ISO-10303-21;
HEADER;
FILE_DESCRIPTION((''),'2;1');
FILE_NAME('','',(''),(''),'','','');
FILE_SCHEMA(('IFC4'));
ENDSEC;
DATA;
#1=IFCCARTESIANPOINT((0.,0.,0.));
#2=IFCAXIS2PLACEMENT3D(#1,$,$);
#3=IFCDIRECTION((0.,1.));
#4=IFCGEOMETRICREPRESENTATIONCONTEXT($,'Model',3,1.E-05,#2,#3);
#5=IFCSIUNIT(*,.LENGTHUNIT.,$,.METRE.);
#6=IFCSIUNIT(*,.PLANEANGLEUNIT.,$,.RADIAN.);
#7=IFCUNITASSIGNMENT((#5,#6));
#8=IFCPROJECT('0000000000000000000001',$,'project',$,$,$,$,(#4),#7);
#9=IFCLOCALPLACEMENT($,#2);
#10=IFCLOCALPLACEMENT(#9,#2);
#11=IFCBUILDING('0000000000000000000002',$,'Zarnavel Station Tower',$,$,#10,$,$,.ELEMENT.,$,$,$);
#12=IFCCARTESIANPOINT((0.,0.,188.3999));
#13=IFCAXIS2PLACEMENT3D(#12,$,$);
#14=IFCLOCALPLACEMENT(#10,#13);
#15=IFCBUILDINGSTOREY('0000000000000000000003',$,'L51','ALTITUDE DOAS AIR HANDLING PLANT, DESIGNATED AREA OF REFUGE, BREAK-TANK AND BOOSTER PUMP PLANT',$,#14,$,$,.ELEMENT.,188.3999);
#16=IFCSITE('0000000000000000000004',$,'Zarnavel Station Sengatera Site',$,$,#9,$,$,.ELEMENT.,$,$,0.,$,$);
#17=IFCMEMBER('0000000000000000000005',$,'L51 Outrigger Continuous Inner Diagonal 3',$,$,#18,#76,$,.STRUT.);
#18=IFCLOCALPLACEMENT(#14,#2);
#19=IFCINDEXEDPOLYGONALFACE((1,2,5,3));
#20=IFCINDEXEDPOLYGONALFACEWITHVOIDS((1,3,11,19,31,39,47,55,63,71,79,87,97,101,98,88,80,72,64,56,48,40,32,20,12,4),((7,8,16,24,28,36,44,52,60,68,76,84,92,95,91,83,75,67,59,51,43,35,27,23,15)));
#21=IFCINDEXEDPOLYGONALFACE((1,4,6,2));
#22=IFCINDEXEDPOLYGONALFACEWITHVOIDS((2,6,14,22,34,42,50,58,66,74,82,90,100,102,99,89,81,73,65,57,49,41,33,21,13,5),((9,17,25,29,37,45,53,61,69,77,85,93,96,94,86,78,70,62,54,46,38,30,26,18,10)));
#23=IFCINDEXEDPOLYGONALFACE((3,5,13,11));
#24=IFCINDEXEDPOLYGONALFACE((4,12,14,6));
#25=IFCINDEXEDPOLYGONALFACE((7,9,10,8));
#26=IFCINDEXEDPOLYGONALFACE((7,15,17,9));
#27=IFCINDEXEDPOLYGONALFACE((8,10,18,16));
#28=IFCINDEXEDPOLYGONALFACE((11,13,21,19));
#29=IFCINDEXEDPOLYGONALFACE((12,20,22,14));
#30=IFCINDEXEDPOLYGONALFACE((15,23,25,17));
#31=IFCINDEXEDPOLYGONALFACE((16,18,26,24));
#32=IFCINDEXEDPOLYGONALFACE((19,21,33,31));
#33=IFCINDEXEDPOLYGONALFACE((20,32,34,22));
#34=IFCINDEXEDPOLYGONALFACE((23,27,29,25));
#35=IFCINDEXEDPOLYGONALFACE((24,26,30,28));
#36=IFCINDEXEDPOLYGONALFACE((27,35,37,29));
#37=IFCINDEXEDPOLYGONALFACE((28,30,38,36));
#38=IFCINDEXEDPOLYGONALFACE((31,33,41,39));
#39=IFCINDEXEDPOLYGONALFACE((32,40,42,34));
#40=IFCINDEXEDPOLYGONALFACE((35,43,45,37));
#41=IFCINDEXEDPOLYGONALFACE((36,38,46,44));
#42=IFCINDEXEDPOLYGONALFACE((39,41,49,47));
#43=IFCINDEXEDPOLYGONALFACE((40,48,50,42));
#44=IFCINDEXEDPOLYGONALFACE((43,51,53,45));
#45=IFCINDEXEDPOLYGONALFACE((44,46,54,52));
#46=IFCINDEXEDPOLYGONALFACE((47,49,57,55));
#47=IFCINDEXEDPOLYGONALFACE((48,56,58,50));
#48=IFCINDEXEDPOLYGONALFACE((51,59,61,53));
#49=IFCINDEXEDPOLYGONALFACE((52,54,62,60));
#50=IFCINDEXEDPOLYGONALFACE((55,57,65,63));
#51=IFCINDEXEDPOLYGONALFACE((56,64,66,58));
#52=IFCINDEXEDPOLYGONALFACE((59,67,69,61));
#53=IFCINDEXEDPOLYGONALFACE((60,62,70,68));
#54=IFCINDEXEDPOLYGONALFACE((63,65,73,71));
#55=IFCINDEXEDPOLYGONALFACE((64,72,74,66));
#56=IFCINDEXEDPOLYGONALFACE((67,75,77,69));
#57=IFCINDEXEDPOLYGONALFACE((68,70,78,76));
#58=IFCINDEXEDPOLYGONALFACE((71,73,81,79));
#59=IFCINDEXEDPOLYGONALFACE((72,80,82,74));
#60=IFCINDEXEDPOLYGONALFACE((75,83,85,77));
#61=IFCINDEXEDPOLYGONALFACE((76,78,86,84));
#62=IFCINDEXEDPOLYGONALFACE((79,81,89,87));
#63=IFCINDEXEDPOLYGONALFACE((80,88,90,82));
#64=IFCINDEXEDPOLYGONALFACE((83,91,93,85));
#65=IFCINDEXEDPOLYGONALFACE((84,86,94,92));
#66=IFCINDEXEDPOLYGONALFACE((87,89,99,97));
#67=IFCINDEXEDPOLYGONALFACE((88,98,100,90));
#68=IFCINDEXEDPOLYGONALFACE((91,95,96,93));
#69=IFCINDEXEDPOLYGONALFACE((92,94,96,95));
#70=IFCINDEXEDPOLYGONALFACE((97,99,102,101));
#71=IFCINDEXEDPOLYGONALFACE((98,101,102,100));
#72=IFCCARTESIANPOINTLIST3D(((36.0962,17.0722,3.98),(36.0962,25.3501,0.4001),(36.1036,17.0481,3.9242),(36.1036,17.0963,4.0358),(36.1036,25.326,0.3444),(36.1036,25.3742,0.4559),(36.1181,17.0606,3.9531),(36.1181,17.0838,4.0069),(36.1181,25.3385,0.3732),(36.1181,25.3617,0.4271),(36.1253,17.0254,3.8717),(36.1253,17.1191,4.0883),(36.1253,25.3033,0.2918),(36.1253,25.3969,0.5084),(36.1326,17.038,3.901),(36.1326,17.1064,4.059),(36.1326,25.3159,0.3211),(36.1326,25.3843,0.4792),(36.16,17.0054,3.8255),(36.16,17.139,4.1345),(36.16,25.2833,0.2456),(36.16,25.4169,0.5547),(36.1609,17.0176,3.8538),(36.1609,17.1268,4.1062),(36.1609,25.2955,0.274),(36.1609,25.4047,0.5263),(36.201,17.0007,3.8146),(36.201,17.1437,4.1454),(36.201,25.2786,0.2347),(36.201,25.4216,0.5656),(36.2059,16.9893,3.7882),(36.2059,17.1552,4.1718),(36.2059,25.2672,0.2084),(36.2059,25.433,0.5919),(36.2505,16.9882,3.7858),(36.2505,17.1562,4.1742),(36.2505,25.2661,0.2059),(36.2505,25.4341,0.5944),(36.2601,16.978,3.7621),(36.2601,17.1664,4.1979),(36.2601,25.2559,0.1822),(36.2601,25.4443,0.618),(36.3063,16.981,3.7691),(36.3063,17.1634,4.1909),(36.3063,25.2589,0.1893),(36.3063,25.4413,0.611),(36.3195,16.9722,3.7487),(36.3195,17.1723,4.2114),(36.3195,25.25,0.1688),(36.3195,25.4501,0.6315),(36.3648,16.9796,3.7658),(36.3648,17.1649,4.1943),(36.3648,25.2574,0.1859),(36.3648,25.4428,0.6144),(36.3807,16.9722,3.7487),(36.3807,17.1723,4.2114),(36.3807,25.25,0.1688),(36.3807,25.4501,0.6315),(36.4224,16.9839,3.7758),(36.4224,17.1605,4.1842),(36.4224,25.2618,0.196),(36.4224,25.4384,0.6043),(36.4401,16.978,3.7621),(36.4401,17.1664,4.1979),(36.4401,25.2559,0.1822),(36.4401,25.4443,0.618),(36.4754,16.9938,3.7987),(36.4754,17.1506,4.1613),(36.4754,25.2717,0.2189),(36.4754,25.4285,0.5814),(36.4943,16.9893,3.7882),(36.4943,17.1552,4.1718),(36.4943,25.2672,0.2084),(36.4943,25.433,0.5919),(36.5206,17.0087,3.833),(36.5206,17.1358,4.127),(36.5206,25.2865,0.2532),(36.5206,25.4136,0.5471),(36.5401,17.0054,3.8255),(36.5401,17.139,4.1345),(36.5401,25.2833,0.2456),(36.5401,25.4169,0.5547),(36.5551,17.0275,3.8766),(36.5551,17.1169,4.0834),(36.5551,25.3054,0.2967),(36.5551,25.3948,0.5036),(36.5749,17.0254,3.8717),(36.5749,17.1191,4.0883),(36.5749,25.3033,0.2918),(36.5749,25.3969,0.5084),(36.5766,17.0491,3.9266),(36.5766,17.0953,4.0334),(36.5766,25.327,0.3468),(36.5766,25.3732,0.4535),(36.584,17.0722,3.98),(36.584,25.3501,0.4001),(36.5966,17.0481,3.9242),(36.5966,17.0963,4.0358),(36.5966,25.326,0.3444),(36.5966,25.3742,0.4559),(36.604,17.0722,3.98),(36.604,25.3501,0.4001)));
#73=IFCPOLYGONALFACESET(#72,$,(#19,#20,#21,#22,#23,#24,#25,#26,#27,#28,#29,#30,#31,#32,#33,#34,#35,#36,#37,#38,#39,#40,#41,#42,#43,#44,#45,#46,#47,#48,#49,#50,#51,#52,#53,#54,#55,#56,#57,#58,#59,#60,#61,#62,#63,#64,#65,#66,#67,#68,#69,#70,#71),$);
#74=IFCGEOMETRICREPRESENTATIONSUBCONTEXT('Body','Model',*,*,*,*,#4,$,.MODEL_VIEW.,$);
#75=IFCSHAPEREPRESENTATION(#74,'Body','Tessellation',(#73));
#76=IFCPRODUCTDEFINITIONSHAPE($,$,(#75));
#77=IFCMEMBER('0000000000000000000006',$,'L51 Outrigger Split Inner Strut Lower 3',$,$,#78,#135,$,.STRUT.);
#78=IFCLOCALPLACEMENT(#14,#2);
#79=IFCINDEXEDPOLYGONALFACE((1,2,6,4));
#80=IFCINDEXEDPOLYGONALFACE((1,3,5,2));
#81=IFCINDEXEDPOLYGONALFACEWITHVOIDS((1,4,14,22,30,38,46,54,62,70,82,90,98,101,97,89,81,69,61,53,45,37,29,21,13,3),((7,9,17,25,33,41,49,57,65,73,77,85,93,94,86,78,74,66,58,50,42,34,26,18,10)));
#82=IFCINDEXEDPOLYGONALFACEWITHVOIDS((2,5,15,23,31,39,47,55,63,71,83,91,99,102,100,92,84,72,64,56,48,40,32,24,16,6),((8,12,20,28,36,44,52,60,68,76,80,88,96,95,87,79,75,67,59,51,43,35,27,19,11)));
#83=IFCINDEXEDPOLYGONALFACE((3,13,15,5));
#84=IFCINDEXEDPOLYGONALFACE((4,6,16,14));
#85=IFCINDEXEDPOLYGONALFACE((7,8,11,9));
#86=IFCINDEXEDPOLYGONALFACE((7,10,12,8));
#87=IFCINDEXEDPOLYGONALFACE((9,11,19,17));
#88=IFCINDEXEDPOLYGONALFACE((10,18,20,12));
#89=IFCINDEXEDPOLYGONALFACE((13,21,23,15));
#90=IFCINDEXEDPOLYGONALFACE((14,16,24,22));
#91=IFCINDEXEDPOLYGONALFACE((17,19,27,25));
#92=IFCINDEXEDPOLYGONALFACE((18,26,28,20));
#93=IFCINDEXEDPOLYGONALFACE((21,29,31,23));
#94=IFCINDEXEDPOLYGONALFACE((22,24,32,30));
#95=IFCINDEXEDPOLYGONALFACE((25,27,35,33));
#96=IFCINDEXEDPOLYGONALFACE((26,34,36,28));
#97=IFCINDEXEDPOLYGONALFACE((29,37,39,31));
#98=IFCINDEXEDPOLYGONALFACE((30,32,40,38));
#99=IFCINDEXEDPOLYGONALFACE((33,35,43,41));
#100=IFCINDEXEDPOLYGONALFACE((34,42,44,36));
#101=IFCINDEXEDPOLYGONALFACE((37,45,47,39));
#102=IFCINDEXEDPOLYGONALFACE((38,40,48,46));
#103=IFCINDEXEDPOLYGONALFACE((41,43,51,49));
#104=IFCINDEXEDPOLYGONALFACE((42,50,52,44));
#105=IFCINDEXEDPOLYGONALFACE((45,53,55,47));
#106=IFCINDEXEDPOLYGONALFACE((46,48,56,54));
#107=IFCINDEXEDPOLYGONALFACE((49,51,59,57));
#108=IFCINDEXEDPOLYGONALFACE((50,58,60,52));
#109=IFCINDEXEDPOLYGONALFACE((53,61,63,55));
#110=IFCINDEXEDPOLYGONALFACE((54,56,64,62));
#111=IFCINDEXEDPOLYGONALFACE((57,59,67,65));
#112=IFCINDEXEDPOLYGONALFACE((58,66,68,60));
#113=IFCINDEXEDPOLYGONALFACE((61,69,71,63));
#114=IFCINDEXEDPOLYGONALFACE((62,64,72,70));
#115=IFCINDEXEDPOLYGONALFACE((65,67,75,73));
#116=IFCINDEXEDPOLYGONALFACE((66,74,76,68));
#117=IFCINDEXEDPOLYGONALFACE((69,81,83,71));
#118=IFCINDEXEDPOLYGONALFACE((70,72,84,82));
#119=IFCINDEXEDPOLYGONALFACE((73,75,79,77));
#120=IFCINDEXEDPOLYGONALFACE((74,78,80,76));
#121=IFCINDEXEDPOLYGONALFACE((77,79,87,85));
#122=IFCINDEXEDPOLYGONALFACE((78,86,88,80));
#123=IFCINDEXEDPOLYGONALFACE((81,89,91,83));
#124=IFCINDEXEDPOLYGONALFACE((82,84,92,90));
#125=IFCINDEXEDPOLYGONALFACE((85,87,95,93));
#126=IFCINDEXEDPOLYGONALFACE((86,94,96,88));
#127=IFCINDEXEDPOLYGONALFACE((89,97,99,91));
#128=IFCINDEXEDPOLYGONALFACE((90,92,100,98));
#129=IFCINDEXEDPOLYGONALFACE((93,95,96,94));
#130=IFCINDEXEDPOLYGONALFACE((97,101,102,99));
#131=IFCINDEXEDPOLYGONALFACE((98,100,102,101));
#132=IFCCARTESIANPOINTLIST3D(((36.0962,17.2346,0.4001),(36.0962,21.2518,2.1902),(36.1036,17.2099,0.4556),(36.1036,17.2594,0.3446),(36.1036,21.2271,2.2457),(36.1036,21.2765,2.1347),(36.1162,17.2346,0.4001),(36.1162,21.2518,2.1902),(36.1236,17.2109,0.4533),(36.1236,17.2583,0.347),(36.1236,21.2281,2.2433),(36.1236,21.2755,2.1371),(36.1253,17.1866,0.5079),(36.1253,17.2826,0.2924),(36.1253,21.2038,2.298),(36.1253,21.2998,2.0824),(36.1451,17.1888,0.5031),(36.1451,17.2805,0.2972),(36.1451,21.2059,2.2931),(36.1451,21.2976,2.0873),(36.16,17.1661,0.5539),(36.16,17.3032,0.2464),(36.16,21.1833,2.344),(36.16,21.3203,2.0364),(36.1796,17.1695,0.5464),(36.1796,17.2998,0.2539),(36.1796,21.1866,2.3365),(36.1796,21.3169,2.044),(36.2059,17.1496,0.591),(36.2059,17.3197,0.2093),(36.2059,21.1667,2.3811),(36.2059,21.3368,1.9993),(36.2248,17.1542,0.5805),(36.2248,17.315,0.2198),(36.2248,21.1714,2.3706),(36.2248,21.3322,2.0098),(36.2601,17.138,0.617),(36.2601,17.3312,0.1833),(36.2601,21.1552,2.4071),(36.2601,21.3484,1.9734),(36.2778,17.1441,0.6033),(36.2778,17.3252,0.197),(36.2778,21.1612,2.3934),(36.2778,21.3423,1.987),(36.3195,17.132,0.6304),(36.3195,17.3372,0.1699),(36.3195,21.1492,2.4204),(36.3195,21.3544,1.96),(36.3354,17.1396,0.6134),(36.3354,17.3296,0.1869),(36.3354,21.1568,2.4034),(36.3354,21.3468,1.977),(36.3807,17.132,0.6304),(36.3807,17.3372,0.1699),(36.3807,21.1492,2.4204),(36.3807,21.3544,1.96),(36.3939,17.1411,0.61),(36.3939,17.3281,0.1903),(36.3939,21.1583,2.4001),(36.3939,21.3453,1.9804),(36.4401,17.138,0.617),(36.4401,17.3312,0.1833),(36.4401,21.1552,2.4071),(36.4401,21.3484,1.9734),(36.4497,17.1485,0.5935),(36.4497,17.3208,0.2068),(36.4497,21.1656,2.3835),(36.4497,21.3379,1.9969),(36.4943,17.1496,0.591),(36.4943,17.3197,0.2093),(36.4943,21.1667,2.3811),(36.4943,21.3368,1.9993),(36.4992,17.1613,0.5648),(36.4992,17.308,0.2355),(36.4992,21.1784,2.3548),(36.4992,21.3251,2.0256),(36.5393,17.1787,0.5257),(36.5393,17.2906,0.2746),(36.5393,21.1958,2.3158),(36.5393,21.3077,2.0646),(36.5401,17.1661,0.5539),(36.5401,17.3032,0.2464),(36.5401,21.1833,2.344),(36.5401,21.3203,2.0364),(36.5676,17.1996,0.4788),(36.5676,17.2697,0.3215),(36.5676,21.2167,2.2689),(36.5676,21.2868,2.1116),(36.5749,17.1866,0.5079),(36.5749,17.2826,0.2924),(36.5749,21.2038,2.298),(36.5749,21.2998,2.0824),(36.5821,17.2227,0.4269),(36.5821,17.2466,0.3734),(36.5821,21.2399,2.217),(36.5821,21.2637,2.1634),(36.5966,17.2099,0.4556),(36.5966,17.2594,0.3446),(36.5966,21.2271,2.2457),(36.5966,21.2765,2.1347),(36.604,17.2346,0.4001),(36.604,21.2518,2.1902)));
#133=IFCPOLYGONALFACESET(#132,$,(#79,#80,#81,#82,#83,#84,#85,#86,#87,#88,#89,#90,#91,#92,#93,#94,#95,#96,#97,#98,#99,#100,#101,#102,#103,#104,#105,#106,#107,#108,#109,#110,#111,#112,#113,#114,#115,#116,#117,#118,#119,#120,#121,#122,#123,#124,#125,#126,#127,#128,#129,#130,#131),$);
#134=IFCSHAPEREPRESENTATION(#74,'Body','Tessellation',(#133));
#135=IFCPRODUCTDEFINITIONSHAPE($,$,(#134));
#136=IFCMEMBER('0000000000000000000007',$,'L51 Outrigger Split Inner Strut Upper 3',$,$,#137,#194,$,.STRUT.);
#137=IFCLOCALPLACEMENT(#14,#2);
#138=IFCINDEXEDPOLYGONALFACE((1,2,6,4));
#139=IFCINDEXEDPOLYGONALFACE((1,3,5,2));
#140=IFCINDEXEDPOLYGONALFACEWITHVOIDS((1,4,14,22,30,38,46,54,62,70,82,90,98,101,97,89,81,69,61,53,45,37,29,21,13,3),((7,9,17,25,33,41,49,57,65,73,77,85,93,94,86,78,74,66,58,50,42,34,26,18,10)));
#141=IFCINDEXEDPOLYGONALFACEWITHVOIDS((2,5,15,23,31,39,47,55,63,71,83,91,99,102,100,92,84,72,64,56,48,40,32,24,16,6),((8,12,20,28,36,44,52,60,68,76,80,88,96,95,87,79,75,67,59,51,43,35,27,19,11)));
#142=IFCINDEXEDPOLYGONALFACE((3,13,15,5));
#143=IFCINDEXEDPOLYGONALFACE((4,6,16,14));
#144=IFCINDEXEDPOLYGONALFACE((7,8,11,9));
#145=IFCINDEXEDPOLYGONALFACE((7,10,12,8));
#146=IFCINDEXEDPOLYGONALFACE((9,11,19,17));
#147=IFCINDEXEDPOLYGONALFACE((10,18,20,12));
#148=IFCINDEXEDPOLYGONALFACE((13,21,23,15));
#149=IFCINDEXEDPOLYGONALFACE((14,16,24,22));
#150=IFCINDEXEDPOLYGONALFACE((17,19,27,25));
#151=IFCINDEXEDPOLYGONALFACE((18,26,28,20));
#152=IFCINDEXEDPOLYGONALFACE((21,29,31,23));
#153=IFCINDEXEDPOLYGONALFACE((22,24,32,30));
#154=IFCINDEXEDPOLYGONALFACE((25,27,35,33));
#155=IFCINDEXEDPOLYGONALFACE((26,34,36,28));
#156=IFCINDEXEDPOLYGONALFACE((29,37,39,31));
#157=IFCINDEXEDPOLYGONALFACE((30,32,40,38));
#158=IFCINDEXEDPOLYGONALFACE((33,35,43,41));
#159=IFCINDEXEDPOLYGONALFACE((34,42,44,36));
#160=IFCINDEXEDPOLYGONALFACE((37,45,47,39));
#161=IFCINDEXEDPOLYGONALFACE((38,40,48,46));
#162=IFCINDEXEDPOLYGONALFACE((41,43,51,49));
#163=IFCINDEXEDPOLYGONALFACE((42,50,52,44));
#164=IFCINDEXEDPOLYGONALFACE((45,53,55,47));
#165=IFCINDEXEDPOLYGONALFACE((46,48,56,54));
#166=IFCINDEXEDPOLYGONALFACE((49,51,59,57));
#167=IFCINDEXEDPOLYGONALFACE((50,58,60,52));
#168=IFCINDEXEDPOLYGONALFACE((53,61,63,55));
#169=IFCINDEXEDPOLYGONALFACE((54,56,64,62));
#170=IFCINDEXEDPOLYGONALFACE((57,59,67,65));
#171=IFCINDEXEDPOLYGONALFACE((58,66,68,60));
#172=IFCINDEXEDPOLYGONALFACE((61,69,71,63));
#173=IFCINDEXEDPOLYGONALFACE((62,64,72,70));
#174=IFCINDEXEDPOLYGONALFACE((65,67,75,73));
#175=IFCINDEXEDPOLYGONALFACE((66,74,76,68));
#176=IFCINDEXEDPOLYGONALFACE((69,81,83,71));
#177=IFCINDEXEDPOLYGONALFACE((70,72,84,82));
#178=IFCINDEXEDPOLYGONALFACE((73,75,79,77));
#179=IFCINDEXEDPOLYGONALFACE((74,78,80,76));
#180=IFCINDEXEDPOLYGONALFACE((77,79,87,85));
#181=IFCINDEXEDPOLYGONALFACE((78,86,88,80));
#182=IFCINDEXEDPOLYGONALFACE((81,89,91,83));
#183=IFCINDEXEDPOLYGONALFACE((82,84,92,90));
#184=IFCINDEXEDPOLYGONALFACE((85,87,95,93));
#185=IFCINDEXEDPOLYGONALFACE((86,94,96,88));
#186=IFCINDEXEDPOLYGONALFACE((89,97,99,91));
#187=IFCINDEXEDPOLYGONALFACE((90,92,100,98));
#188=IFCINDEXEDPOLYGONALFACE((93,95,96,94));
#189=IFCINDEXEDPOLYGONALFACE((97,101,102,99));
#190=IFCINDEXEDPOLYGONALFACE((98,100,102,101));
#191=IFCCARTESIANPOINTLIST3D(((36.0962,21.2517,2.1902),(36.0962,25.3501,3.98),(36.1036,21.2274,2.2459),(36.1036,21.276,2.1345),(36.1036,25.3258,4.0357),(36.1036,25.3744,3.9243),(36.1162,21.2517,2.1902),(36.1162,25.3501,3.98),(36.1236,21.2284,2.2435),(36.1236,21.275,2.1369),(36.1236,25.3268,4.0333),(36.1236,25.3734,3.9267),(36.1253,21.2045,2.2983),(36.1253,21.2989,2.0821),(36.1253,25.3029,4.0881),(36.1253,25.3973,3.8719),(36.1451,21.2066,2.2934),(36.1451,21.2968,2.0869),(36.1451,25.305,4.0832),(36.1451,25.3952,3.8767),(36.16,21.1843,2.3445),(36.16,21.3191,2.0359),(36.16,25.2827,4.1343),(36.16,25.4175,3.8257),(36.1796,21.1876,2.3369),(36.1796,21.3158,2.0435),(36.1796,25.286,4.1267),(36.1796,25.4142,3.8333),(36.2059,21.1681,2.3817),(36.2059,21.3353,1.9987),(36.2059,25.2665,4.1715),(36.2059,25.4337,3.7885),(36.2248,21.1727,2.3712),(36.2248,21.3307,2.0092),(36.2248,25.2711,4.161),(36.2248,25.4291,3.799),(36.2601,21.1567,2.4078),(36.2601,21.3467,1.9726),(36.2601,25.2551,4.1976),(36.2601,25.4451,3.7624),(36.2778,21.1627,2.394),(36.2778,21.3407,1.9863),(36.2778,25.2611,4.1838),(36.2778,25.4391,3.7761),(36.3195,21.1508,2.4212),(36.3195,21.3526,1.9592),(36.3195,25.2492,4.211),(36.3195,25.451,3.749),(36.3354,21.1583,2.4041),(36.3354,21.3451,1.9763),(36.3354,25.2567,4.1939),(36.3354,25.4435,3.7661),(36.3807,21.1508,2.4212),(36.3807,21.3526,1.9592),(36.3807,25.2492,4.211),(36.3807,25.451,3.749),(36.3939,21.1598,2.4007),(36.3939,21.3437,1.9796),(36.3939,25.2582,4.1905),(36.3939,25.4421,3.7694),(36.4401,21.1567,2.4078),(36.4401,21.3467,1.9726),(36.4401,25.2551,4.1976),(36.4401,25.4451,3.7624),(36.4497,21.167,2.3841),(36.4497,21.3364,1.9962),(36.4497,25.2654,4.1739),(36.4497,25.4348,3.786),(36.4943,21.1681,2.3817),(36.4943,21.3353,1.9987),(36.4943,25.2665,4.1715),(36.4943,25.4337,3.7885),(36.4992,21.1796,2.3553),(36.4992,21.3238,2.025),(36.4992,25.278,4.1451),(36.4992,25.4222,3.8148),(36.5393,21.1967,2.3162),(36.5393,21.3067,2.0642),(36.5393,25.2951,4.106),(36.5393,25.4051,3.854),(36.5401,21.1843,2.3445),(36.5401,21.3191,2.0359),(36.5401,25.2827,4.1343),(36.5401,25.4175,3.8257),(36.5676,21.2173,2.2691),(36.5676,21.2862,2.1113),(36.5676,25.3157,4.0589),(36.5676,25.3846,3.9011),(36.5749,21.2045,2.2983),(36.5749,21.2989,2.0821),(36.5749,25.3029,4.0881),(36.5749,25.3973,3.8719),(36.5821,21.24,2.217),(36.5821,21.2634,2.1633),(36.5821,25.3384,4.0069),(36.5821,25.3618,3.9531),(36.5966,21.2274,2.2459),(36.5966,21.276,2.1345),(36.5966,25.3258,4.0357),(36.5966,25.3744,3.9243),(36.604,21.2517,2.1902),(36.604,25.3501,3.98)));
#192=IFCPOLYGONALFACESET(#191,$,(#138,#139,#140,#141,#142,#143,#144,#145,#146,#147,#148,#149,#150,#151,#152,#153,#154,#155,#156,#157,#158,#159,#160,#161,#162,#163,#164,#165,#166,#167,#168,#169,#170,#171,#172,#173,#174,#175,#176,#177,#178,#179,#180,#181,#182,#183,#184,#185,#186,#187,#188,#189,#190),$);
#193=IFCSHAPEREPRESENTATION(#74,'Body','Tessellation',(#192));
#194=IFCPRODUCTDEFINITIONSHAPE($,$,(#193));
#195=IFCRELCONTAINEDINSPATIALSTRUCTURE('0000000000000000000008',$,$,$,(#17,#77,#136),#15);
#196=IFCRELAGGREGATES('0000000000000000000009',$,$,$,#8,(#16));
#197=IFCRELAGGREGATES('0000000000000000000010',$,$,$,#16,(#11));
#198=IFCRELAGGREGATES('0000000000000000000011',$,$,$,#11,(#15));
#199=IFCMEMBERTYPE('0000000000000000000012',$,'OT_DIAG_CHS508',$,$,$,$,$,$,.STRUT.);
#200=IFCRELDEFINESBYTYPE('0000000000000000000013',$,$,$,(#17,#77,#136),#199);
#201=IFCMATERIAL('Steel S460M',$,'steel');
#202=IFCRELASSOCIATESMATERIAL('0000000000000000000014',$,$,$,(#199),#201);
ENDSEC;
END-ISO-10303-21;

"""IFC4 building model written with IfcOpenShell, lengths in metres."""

from ifc_helpers import new_model, si_unit, direction, frame, origin, origin_2d, place, context, subcontext, project, spatial, hollow_circle, extrude, material, material_profile, profile_set, type_object, element, save


model = new_model("IFC4")

# Units and contexts
model_context = context("Model", 3, precision=1e-05, world=origin(), true_north=direction((0.0, 1.0)))
body_context = subcontext(model_context, "Body", "Model", "MODEL_VIEW")
ifc_project = project(units=[si_unit("LENGTHUNIT", "METRE"), si_unit("PLANEANGLEUNIT", "RADIAN")], contexts=[model_context])

# Site, building, storey
site_placement = place(None, origin())
site = spatial("IfcSite", under=ifc_project, at=site_placement, Name="Zarnavel Station Sengatera Site", CompositionType="ELEMENT", RefElevation=0.0)
building_placement = place(site_placement, origin())
building = spatial("IfcBuilding", under=site, at=building_placement, Name="Zarnavel Station Tower", CompositionType="ELEMENT")
storey_placement = place(building_placement, frame((0.0, 0.0, 188.3999)))
storey = spatial("IfcBuildingStorey", under=building, at=storey_placement, Name="L51", Description="ALTITUDE DOAS AIR HANDLING PLANT, DESIGNATED AREA OF REFUGE, BREAK-TANK AND BOOSTER PUMP PLANT", CompositionType="ELEMENT", Elevation=188.3999)

# Members
ifc_material_1 = material(Name="Steel S460M", Category="steel")
ifc_material_profile_1 = material_profile(ifc_material_1, hollow_circle(Radius=0.2539, WallThickness=0.02, at=origin_2d()), Name="CHS508x20")
ifc_profile_set_1 = profile_set([ifc_material_profile_1], Name="Steel S460M")
member_type = type_object("IfcMemberType", Name="OT_DIAG_CHS508", PredefinedType="STRUT", material=ifc_profile_set_1)
member_1_placement = place(storey_placement, frame((36.3501, 25.3501, 0.4001), z_axis=(0.0, -0.917848, 0.396933), x_axis=(1.0, 0.0, 0.0)))
element("IfcMember", 1, at=member_1_placement, inside=storey, type_object=member_type, Name="L51 Outrigger Continuous Inner Diagonal 3", PredefinedType="STRUT", context=body_context, shape_type="SweptSolid", body=[
    extrude(hollow_circle(Radius=0.2539, WallThickness=0.02, at=origin_2d()), origin(), (0.0, 0.0, 1.0), 9.0188),
])
member_2_placement = place(storey_placement, frame((36.3501, 17.2346, 0.4001), z_axis=(0.0, 0.913417, 0.407024), x_axis=(-1.0, 0.0, 0.0)))
element("IfcMember", 2, at=member_2_placement, inside=storey, type_object=member_type, Name="L51 Outrigger Split Inner Strut Lower 3", PredefinedType="STRUT", context=body_context, shape_type="SweptSolid", body=[
    extrude(hollow_circle(Radius=0.2539, WallThickness=0.02, at=origin_2d()), origin(), (0.0, 0.0, 1.0), 4.3979),
])
member_3_placement = place(storey_placement, frame((36.3501, 21.2517, 2.1902), z_axis=(0.0, 0.916424, 0.400209), x_axis=(-1.0, 0.0, 0.0)))
element("IfcMember", 3, at=member_3_placement, inside=storey, type_object=member_type, Name="L51 Outrigger Split Inner Strut Upper 3", PredefinedType="STRUT", context=body_context, shape_type="SweptSolid", body=[
    extrude(hollow_circle(Radius=0.2539, WallThickness=0.02, at=origin_2d()), origin(), (0.0, 0.0, 1.0), 4.4722),
])

save(model, "model.ifc")
